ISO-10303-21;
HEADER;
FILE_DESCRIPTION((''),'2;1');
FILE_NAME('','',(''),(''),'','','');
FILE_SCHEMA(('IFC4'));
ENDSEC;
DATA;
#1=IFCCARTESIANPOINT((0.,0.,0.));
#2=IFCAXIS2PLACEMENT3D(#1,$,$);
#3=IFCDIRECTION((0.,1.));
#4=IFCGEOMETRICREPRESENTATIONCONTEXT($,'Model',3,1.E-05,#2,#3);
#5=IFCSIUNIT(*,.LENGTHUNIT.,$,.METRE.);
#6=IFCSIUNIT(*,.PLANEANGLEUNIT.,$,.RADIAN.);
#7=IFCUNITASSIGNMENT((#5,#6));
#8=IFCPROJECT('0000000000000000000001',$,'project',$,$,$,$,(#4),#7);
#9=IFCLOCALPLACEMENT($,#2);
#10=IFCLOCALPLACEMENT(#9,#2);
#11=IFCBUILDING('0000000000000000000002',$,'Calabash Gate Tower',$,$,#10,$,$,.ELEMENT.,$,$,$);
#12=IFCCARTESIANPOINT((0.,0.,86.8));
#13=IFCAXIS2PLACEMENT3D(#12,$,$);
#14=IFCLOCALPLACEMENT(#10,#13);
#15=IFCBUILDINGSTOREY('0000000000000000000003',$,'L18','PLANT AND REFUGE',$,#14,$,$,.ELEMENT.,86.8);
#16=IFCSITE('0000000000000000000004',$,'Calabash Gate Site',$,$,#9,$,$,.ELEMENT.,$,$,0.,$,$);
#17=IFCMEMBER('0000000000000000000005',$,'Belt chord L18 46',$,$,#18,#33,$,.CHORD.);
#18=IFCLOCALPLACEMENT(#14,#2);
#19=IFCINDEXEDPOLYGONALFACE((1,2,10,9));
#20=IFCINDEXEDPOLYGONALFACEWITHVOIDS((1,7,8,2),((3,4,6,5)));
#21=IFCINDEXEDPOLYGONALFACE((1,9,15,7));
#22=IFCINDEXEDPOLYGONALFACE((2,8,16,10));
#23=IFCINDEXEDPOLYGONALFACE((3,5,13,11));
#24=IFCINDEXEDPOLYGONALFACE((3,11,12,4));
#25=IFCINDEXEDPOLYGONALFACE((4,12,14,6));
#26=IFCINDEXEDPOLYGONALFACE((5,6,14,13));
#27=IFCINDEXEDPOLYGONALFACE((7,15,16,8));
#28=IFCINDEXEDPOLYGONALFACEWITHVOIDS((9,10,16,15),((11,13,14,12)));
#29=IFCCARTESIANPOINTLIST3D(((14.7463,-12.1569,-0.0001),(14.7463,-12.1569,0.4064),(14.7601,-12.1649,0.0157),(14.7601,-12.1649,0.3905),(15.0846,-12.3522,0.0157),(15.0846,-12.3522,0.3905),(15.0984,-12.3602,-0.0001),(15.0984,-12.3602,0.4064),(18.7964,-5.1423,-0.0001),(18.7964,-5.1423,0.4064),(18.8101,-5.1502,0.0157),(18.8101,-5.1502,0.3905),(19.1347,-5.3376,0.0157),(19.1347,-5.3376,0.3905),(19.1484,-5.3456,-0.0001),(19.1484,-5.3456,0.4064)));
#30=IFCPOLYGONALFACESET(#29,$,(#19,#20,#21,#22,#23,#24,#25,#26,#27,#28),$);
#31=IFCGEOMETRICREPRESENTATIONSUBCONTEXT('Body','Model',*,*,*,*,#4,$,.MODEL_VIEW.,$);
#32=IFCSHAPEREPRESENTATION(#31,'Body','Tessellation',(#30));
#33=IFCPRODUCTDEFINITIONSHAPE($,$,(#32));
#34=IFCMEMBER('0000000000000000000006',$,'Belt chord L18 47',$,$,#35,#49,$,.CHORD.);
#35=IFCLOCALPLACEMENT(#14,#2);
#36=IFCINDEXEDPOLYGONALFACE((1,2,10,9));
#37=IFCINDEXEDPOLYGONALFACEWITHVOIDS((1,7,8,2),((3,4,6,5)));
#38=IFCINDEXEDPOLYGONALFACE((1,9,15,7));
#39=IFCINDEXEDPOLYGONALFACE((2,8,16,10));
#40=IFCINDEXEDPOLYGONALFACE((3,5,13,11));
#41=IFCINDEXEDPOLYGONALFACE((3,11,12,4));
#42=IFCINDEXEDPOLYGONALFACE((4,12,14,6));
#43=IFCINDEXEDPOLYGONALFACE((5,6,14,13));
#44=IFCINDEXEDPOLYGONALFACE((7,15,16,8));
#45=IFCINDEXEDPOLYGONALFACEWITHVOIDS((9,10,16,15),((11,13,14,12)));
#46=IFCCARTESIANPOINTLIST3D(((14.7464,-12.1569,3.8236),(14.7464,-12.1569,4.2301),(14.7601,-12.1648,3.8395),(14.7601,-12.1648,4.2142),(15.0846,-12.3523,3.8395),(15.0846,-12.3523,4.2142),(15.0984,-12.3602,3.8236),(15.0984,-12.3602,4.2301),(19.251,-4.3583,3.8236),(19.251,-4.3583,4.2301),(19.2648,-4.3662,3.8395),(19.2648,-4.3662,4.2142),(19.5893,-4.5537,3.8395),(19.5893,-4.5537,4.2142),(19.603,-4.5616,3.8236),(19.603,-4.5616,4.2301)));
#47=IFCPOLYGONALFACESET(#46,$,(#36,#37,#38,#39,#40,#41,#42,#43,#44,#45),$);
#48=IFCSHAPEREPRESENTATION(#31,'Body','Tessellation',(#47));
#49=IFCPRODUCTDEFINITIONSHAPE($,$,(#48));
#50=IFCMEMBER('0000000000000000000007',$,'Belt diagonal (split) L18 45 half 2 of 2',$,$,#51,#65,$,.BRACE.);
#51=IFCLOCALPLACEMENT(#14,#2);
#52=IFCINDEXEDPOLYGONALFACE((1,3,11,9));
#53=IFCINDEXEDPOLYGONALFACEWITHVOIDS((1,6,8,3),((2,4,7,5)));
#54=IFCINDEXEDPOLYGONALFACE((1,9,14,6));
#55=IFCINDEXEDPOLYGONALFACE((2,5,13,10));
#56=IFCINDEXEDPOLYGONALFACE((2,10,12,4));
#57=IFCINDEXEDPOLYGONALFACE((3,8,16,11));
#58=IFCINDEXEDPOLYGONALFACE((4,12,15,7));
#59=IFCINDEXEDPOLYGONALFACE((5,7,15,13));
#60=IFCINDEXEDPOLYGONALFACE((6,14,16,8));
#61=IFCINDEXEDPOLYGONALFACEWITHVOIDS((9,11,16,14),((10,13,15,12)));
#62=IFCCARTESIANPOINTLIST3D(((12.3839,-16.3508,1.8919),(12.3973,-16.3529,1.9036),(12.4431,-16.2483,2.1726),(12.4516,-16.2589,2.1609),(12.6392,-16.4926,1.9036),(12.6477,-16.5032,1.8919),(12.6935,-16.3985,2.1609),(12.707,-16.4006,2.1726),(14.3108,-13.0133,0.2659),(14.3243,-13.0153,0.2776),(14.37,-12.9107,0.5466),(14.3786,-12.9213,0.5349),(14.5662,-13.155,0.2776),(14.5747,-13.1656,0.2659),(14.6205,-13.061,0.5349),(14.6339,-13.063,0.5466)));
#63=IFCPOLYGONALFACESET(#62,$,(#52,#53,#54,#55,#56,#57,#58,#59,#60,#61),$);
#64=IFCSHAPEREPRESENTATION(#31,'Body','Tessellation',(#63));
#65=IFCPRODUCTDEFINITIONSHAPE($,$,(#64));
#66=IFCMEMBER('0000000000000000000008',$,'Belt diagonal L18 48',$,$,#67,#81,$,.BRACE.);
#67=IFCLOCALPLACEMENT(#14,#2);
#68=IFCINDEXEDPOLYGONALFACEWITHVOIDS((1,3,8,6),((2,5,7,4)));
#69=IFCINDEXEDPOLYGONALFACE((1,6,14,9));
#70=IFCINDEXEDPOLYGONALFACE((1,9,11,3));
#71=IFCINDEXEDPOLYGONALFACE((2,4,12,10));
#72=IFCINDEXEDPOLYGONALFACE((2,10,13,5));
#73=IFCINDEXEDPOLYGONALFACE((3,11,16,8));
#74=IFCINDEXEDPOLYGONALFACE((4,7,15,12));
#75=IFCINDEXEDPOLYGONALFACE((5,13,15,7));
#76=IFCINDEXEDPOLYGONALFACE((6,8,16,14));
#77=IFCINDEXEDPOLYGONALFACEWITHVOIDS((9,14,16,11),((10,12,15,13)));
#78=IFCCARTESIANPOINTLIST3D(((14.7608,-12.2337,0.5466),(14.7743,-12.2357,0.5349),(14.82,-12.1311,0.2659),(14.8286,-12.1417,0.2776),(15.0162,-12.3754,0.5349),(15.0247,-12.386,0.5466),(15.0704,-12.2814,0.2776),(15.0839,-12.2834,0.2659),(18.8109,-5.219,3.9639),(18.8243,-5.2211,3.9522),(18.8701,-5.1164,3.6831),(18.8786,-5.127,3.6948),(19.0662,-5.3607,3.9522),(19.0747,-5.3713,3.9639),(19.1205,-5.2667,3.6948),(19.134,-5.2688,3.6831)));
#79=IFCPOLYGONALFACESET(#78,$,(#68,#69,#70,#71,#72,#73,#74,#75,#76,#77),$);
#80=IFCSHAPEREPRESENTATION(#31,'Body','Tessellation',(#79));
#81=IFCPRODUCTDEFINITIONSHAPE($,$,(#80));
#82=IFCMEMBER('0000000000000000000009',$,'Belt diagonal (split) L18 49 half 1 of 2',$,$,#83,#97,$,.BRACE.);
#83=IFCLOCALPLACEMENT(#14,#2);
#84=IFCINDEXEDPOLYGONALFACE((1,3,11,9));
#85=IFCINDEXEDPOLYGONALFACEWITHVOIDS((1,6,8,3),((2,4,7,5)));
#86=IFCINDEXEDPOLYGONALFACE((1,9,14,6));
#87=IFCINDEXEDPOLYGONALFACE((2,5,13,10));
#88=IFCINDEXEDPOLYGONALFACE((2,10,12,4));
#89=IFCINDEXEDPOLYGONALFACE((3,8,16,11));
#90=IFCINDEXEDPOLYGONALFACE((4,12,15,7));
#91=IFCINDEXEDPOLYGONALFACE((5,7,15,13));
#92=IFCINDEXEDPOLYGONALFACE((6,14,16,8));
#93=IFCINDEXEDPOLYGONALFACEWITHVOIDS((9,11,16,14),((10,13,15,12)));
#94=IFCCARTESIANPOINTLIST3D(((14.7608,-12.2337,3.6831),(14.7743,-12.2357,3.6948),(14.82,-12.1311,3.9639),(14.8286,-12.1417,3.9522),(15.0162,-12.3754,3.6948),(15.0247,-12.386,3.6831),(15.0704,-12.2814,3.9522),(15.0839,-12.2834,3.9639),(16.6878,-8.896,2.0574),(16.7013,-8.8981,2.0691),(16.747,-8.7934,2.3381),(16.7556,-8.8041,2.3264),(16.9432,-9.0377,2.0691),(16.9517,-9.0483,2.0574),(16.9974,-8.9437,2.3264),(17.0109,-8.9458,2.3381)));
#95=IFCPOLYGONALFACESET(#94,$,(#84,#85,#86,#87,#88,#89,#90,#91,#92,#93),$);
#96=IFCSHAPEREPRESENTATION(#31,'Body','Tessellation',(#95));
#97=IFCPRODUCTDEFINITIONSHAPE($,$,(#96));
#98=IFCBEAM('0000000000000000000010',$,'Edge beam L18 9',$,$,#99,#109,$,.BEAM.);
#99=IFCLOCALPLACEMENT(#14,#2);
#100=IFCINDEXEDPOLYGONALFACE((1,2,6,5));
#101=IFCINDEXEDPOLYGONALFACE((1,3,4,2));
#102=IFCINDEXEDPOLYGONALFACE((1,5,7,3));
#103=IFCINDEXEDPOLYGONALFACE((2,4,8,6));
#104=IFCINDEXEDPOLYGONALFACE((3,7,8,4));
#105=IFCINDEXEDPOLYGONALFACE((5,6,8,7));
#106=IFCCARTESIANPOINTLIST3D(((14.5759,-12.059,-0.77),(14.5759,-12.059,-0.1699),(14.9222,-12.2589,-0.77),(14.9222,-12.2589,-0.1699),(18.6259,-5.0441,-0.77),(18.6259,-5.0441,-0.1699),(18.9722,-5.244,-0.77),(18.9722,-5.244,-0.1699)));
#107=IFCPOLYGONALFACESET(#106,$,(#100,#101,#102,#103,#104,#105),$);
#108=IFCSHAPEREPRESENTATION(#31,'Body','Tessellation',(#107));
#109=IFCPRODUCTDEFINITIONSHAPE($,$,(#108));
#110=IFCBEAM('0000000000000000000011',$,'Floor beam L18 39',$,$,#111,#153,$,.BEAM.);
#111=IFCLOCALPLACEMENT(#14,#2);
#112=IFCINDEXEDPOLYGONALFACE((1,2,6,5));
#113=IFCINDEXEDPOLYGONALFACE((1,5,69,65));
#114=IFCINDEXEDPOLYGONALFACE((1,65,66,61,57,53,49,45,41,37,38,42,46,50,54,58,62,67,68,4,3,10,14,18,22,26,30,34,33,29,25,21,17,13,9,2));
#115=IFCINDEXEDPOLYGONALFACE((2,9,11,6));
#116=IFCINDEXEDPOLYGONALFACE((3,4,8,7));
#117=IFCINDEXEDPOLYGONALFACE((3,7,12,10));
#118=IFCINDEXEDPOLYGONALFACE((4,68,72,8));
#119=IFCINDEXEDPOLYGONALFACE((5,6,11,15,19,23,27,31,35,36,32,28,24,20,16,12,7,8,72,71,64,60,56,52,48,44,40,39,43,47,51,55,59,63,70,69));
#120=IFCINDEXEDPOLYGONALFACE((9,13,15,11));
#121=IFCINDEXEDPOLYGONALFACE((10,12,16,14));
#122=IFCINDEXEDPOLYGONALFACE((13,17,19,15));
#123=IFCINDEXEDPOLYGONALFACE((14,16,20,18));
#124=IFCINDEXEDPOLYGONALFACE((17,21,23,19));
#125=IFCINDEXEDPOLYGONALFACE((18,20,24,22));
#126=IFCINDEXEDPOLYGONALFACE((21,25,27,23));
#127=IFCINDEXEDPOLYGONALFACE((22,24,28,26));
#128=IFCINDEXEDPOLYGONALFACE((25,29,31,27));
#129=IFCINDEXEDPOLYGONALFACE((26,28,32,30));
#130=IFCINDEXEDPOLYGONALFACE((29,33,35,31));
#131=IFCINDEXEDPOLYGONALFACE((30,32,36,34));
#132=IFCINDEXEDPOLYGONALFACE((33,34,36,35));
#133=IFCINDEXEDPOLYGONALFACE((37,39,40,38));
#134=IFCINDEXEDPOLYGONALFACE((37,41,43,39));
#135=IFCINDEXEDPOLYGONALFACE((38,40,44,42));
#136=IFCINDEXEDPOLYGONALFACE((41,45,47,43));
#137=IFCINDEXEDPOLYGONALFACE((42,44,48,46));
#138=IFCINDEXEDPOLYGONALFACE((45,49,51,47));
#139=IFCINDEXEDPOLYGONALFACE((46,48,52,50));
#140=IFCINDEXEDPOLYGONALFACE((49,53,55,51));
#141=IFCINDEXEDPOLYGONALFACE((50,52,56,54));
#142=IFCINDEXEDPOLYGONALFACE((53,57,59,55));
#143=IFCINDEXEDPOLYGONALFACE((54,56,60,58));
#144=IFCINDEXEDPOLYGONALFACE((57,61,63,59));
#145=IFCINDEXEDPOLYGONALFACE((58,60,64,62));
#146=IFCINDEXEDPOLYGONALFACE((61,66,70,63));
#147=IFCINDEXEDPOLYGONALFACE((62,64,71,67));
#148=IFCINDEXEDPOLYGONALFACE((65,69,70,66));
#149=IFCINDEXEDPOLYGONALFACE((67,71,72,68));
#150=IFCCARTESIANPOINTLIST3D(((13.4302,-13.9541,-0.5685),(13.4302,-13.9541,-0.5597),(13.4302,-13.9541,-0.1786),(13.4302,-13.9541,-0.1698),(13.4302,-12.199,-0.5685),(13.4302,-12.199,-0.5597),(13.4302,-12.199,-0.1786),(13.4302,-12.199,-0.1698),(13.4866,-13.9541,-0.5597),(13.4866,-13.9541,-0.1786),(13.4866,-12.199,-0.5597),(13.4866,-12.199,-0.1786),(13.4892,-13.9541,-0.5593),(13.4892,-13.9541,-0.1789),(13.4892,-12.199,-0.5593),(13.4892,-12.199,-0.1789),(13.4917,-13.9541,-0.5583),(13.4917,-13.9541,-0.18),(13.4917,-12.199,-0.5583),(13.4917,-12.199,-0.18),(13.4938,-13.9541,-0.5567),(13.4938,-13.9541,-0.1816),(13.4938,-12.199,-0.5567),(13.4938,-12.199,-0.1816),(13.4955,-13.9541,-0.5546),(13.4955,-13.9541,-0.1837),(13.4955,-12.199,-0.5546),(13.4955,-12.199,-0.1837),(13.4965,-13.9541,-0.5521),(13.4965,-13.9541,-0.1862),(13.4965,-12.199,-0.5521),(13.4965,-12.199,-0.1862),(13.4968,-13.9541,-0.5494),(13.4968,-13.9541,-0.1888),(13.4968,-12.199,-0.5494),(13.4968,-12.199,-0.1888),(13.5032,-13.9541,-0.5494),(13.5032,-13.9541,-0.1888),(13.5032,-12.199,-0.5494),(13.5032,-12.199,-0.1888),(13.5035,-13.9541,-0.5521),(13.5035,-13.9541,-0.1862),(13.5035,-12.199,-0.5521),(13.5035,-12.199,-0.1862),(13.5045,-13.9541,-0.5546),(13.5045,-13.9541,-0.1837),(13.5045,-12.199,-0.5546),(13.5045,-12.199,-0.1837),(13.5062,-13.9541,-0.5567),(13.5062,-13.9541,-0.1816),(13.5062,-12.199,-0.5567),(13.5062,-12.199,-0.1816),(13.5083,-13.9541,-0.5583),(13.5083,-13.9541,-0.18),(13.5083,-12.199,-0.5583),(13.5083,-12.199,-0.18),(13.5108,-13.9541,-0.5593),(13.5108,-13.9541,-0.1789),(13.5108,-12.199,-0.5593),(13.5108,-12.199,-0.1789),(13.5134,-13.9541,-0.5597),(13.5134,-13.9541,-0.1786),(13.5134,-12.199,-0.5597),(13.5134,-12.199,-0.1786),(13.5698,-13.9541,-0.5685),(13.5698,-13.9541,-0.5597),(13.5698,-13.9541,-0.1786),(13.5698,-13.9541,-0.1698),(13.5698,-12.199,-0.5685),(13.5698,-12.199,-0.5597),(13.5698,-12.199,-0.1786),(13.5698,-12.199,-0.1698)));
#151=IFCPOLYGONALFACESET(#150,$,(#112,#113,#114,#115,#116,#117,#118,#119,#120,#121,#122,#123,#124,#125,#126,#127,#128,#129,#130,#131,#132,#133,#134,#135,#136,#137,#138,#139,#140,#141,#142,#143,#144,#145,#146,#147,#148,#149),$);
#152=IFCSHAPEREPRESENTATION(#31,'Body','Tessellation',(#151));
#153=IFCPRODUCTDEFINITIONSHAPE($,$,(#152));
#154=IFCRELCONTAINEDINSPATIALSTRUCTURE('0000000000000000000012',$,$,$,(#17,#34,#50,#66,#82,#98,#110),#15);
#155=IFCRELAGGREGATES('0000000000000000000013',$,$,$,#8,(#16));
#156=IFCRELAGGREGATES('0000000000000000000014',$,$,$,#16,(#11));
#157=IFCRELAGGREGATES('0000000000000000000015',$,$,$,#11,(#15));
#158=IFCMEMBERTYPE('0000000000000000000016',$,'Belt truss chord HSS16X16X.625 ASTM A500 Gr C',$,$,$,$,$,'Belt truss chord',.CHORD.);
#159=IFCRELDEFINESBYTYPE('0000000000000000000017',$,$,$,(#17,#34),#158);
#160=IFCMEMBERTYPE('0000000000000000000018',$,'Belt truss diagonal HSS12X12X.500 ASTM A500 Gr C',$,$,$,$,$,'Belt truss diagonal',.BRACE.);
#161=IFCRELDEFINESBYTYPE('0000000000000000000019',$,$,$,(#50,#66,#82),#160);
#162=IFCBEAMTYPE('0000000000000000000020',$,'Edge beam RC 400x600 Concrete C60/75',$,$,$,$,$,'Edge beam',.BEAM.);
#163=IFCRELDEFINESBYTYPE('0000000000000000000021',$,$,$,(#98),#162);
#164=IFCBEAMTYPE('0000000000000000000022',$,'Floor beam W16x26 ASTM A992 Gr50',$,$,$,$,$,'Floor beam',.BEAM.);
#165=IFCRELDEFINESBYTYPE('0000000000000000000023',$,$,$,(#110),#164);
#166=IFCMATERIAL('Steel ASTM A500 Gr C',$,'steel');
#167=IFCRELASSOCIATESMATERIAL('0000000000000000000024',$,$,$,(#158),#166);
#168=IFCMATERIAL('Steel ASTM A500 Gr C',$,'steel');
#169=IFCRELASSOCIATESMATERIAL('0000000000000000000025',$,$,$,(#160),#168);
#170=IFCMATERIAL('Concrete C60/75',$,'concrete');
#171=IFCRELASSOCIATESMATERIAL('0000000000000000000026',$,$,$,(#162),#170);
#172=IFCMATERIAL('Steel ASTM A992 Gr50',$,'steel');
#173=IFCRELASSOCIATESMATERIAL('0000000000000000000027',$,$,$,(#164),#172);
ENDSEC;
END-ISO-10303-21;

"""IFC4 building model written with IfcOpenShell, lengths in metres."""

from ifc_helpers import new_model, si_unit, direction, frame, origin, origin_2d, place, context, subcontext, project, spatial, rectangle, hollow_rectangle, i_section, extrude, material, material_profile, profile_set, type_object, element, save


model = new_model("IFC4")

# Units and contexts
model_context = context("Model", 3, precision=1e-05, world=origin(), true_north=direction((0.0, 1.0)))
body_context = subcontext(model_context, "Body", "Model", "MODEL_VIEW")
ifc_project = project(units=[si_unit("LENGTHUNIT", "METRE"), si_unit("PLANEANGLEUNIT", "RADIAN")], contexts=[model_context])

# Site, building, storey
site_placement = place(None, origin())
site = spatial("IfcSite", under=ifc_project, at=site_placement, Name="Calabash Gate Site", CompositionType="ELEMENT", RefElevation=0.0)
building_placement = place(site_placement, origin())
building = spatial("IfcBuilding", under=site, at=building_placement, Name="Calabash Gate Tower", CompositionType="ELEMENT")
storey_placement = place(building_placement, frame((0.0, 0.0, 86.8)))
storey = spatial("IfcBuildingStorey", under=building, at=storey_placement, Name="L18", Description="PLANT AND REFUGE", CompositionType="ELEMENT", Elevation=86.8)

# Members
ifc_material_1 = material(Name="Steel ASTM A500 Gr C", Category="steel")
ifc_material_profile_1 = material_profile(ifc_material_1, hollow_rectangle(XDim=0.4065, YDim=0.4065, WallThickness=0.0159, at=origin_2d()))
ifc_profile_set_1 = profile_set([ifc_material_profile_1], Name="Steel ASTM A500 Gr C")
member_type_1 = type_object("IfcMemberType", Name="Belt truss chord HSS16X16X.625 ASTM A500 Gr C", ElementType="Belt truss chord", PredefinedType="CHORD", material=ifc_profile_set_1)
member_1_placement = place(storey_placement, frame((14.9224, -12.2585, 0.2031), z_axis=(0.500013, 0.866018, 0.0), x_axis=(-0.866018, 0.500013, 0.0)))
element("IfcMember", 1, at=member_1_placement, inside=storey, type_object=member_type_1, Name="Belt chord L18 46", PredefinedType="CHORD", context=body_context, shape_type="SweptSolid", body=[
    extrude(hollow_rectangle(XDim=0.4065, YDim=0.4065, WallThickness=0.0159, at=origin_2d()), origin(), (0.0, 0.0, 1.0), 8.0999),
])
member_2_placement = place(storey_placement, frame((14.9224, -12.2585, 4.0269), z_axis=(0.500177, 0.865923, 0.0), x_axis=(-0.865923, 0.500177, 0.0)))
element("IfcMember", 2, at=member_2_placement, inside=storey, type_object=member_type_1, Name="Belt chord L18 47", PredefinedType="CHORD", context=body_context, shape_type="SweptSolid", body=[
    extrude(hollow_rectangle(XDim=0.4065, YDim=0.4065, WallThickness=0.0159, at=origin_2d()), origin(), (0.0, 0.0, 1.0), 9.0061),
])
ifc_material_2 = material(Name="Steel ASTM A500 Gr C", Category="steel")
ifc_material_profile_2 = material_profile(ifc_material_2, hollow_rectangle(XDim=0.3047, YDim=0.3047, WallThickness=0.0127, at=origin_2d()))
ifc_profile_set_2 = profile_set([ifc_material_profile_2], Name="Steel ASTM A500 Gr C")
member_type_2 = type_object("IfcMemberType", Name="Belt truss diagonal HSS12X12X.500 ASTM A500 Gr C", ElementType="Belt truss diagonal", PredefinedType="BRACE", material=ifc_profile_set_2)
member_3_placement = place(storey_placement, frame((12.5454, -16.3757, 2.0322), z_axis=(0.460681, 0.797918, -0.388716), x_axis=(-0.866024, 0.500002, 0.0)))
element("IfcMember", 3, at=member_3_placement, inside=storey, type_object=member_type_2, Name="Belt diagonal (split) L18 45 half 2 of 2", PredefinedType="BRACE", context=body_context, shape_type="SweptSolid", body=[
    extrude(hollow_rectangle(XDim=0.3047, YDim=0.3047, WallThickness=0.0127, at=origin_2d()), origin(), (0.0, 0.0, 1.0), 4.1829),
])
member_4_placement = place(storey_placement, frame((14.9224, -12.2585, 0.4062), z_axis=(0.460692, 0.797915, 0.38871), x_axis=(-0.866018, 0.500013, 0.0)))
element("IfcMember", 4, at=member_4_placement, inside=storey, type_object=member_type_2, Name="Belt diagonal L18 48", PredefinedType="BRACE", context=body_context, shape_type="SweptSolid", body=[
    extrude(hollow_rectangle(XDim=0.3047, YDim=0.3047, WallThickness=0.0127, at=origin_2d()), origin(), (0.0, 0.0, 1.0), 8.7913),
])
member_5_placement = place(storey_placement, frame((14.9224, -12.2585, 3.8235), z_axis=(0.460691, 0.797936, -0.388666), x_axis=(-0.866024, 0.500002, 0.0)))
element("IfcMember", 5, at=member_5_placement, inside=storey, type_object=member_type_2, Name="Belt diagonal (split) L18 49 half 1 of 2", PredefinedType="BRACE", context=body_context, shape_type="SweptSolid", body=[
    extrude(hollow_rectangle(XDim=0.3047, YDim=0.3047, WallThickness=0.0127, at=origin_2d()), origin(), (0.0, 0.0, 1.0), 4.1829),
])

# Beams
ifc_material_3 = material(Name="Concrete C60/75", Category="concrete")
ifc_material_profile_3 = material_profile(ifc_material_3, rectangle(XDim=0.3999, YDim=0.6001, at=origin_2d()))
ifc_profile_set_3 = profile_set([ifc_material_profile_3], Name="Concrete C60/75")
beam_type_1 = type_object("IfcBeamType", Name="Edge beam RC 400x600 Concrete C60/75", ElementType="Edge beam", PredefinedType="BEAM", material=ifc_profile_set_3)
beam_1_placement = place(storey_placement, frame((14.749, -12.1589, -0.47), z_axis=(0.5, 0.866025, 0.0), x_axis=(-0.866025, 0.5, 0.0)))
element("IfcBeam", 6, at=beam_1_placement, inside=storey, type_object=beam_type_1, Name="Edge beam L18 9", PredefinedType="BEAM", context=body_context, shape_type="SweptSolid", body=[
    extrude(rectangle(XDim=0.3999, YDim=0.6001, at=origin_2d()), origin(), (0.0, 0.0, 1.0), 8.1001),
])
ifc_material_4 = material(Name="Steel ASTM A992 Gr50", Category="steel")
ifc_material_profile_4 = material_profile(ifc_material_4, i_section(OverallWidth=0.1396, OverallDepth=0.3987, WebThickness=0.0063, FlangeThickness=0.0088, FilletRadius=0.0103, at=origin_2d()))
ifc_profile_set_4 = profile_set([ifc_material_profile_4], Name="Steel ASTM A992 Gr50")
beam_type_2 = type_object("IfcBeamType", Name="Floor beam W16x26 ASTM A992 Gr50", ElementType="Floor beam", PredefinedType="BEAM", material=ifc_profile_set_4)
beam_2_placement = place(storey_placement, frame((13.5, -13.9541, -0.3691), z_axis=(0.0, 1.0, 0.0), x_axis=(-1.0, 0.0, 0.0)))
element("IfcBeam", 7, at=beam_2_placement, inside=storey, type_object=beam_type_2, Name="Floor beam L18 39", PredefinedType="BEAM", context=body_context, shape_type="SweptSolid", body=[
    extrude(i_section(OverallWidth=0.1396, OverallDepth=0.3987, WebThickness=0.0063, FlangeThickness=0.0088, FilletRadius=0.0103, at=origin_2d()), origin(), (0.0, 0.0, 1.0), 1.7551),
])

save(model, "model.ifc")
